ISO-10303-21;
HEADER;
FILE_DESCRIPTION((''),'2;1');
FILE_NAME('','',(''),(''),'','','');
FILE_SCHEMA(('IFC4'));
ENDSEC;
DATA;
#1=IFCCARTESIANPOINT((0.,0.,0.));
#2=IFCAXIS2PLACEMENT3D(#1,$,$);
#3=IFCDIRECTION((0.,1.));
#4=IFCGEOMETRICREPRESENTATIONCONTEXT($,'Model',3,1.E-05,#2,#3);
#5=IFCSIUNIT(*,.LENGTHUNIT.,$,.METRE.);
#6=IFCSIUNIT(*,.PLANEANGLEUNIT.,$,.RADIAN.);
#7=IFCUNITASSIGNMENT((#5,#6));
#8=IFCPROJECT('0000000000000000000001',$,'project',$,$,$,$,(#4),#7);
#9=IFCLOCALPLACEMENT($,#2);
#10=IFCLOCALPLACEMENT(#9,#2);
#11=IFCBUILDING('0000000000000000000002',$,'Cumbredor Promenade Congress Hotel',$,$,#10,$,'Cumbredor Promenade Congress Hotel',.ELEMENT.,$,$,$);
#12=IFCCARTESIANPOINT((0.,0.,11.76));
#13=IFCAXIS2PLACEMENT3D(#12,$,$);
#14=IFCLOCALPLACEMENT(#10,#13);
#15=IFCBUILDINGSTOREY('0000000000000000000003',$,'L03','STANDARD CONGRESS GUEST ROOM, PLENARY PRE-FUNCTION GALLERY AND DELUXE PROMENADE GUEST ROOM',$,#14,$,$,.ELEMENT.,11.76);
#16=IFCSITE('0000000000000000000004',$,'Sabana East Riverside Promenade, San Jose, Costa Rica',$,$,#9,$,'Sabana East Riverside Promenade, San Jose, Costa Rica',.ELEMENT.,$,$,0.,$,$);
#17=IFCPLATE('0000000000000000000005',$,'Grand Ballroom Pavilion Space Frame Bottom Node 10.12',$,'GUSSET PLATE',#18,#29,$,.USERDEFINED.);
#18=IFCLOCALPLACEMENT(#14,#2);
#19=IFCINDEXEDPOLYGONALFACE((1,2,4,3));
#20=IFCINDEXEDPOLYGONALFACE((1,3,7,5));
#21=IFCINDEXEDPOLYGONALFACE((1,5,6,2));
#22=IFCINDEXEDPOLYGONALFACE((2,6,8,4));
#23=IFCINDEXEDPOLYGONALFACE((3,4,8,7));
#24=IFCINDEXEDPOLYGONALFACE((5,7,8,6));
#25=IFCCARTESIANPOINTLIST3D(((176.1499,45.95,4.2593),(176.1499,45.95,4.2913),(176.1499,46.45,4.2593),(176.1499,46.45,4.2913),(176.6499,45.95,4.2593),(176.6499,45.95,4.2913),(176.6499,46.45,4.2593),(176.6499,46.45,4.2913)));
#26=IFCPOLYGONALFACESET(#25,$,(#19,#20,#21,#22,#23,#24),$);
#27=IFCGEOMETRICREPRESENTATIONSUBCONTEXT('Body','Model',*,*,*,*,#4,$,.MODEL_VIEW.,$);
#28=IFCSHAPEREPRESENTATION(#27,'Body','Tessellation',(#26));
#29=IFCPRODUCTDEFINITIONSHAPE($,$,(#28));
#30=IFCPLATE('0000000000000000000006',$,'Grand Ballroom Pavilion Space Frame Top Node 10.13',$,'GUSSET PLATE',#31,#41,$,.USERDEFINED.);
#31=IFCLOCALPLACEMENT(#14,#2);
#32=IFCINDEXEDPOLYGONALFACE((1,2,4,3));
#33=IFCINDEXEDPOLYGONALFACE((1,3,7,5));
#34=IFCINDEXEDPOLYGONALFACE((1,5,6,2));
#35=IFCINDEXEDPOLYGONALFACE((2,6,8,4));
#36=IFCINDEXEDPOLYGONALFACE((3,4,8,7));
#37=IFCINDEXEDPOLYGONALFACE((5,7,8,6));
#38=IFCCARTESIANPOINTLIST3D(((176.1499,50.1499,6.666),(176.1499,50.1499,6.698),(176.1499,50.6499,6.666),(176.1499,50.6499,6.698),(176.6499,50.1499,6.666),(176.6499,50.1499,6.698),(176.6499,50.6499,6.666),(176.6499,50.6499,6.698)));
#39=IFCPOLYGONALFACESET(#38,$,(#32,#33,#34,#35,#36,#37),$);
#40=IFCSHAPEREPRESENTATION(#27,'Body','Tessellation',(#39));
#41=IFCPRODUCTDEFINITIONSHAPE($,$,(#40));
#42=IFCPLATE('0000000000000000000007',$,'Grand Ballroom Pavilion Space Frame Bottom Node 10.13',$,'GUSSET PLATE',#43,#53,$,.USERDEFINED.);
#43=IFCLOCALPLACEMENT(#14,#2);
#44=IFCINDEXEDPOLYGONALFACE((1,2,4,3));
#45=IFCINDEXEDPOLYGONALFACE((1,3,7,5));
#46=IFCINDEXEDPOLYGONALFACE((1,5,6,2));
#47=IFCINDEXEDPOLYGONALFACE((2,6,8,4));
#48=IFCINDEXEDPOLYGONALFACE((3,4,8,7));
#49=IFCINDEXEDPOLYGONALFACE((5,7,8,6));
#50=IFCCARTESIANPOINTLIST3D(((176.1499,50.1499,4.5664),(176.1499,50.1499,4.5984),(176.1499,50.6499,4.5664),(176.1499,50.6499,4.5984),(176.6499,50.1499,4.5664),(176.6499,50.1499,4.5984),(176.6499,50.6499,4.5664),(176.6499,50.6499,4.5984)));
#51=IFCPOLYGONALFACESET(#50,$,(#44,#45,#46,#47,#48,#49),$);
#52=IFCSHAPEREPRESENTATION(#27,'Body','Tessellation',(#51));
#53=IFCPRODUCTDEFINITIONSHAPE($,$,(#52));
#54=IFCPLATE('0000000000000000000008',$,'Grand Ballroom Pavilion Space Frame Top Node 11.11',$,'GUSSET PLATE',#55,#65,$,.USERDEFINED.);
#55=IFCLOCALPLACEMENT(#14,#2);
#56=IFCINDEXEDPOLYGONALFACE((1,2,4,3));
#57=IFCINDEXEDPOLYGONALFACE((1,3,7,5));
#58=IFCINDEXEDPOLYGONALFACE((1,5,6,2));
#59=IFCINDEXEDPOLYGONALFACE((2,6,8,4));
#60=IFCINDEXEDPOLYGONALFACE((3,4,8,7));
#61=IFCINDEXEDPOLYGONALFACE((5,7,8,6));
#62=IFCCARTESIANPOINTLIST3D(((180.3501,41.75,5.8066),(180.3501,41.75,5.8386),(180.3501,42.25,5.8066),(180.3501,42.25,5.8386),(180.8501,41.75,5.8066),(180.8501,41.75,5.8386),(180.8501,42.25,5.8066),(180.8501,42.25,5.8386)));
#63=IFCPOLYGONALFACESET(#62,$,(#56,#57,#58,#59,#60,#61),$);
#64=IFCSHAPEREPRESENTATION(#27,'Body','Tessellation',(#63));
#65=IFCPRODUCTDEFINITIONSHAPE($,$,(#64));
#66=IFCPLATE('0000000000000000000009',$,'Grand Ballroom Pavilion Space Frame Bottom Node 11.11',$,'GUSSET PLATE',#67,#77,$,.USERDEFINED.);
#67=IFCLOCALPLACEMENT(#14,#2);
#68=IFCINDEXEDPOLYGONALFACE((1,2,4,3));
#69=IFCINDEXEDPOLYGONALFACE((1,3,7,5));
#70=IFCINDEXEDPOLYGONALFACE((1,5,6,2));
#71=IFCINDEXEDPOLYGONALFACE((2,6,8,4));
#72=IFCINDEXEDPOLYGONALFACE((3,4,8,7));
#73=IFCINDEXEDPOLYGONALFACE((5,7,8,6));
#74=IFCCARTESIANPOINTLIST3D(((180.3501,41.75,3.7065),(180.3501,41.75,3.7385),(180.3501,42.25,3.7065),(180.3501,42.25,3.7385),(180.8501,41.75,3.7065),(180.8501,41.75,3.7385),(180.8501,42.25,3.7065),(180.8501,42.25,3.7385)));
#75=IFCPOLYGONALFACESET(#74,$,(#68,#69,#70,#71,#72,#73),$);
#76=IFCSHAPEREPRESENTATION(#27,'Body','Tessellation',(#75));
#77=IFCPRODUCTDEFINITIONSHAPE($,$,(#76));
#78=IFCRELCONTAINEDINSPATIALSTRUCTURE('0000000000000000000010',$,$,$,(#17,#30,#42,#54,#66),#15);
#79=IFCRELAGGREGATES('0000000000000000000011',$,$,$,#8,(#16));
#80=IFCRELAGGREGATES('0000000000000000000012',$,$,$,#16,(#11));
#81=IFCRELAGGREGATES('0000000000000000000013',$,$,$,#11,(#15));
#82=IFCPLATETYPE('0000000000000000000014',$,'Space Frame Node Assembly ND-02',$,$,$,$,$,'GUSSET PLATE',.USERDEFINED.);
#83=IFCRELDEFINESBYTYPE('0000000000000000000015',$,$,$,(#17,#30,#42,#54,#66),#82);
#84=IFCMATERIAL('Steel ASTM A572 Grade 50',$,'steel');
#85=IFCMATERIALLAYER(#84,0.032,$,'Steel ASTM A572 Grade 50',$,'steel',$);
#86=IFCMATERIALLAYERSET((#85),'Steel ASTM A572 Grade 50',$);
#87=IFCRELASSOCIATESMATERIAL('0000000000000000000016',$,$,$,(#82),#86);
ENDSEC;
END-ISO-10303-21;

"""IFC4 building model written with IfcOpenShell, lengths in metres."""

from ifc_helpers import new_model, si_unit, direction, frame, origin, origin_2d, place, context, subcontext, project, spatial, rectangle, extrude, material, layer, layer_set, type_object, element, save


model = new_model("IFC4")

# Units and contexts
model_context = context("Model", 3, precision=1e-05, world=origin(), true_north=direction((0.0, 1.0)))
body_context = subcontext(model_context, "Body", "Model", "MODEL_VIEW")
ifc_project = project(units=[si_unit("LENGTHUNIT", "METRE"), si_unit("PLANEANGLEUNIT", "RADIAN")], contexts=[model_context])

# Site, building, storey
site_placement = place(None, origin())
site = spatial("IfcSite", under=ifc_project, at=site_placement, Name="Sabana East Riverside Promenade, San Jose, Costa Rica", LongName="Sabana East Riverside Promenade, San Jose, Costa Rica", CompositionType="ELEMENT", RefElevation=0.0)
building_placement = place(site_placement, origin())
building = spatial("IfcBuilding", under=site, at=building_placement, Name="Cumbredor Promenade Congress Hotel", LongName="Cumbredor Promenade Congress Hotel", CompositionType="ELEMENT")
storey_placement = place(building_placement, frame((0.0, 0.0, 11.76)))
storey = spatial("IfcBuildingStorey", under=building, at=storey_placement, Name="L03", Description="STANDARD CONGRESS GUEST ROOM, PLENARY PRE-FUNCTION GALLERY AND DELUXE PROMENADE GUEST ROOM", CompositionType="ELEMENT", Elevation=11.76)

# Plates
ifc_material_1 = material(Name="Steel ASTM A572 Grade 50", Category="steel")
ifc_layer = layer(ifc_material_1, 0.032, Name="Steel ASTM A572 Grade 50", Category="steel")
ifc_layer_set = layer_set([ifc_layer], Name="Steel ASTM A572 Grade 50")
plate_type = type_object("IfcPlateType", Name="Space Frame Node Assembly ND-02", ElementType="GUSSET PLATE", PredefinedType="USERDEFINED", material=ifc_layer_set)
for number, where, z_axis, x_axis, name in (
    (1, (176.3999, 46.2, 4.2593), (0.0, 0.0, 1.0), (1.0, 0.0, 0.0), "Grand Ballroom Pavilion Space Frame Bottom Node 10.12"),
    (2, (176.3999, 50.3999, 6.666), (0.0, 0.0, 1.0), (1.0, 0.0, 0.0), "Grand Ballroom Pavilion Space Frame Top Node 10.13"),
    (3, (176.3999, 50.3999, 4.5664), (0.0, 0.0, 1.0), (1.0, 0.0, 0.0), "Grand Ballroom Pavilion Space Frame Bottom Node 10.13"),
    (4, (180.6001, 42.0, 5.8066), (0.0, 0.0, 1.0), (1.0, 0.0, 0.0), "Grand Ballroom Pavilion Space Frame Top Node 11.11"),
    (5, (180.6001, 42.0, 3.7065), (0.0, 0.0, 1.0), (1.0, 0.0, 0.0), "Grand Ballroom Pavilion Space Frame Bottom Node 11.11"),
):
    element("IfcPlate", number, at=place(storey_placement, frame(where, z_axis=z_axis, x_axis=x_axis)), inside=storey, type_object=plate_type, Name=name, ObjectType="GUSSET PLATE", PredefinedType="USERDEFINED", context=body_context, shape_type="SweptSolid", body=[
        extrude(rectangle(XDim=0.5, YDim=0.5, at=origin_2d()), origin(), (0.0, 0.0, 1.0), 0.032),
    ])

save(model, "model.ifc")
